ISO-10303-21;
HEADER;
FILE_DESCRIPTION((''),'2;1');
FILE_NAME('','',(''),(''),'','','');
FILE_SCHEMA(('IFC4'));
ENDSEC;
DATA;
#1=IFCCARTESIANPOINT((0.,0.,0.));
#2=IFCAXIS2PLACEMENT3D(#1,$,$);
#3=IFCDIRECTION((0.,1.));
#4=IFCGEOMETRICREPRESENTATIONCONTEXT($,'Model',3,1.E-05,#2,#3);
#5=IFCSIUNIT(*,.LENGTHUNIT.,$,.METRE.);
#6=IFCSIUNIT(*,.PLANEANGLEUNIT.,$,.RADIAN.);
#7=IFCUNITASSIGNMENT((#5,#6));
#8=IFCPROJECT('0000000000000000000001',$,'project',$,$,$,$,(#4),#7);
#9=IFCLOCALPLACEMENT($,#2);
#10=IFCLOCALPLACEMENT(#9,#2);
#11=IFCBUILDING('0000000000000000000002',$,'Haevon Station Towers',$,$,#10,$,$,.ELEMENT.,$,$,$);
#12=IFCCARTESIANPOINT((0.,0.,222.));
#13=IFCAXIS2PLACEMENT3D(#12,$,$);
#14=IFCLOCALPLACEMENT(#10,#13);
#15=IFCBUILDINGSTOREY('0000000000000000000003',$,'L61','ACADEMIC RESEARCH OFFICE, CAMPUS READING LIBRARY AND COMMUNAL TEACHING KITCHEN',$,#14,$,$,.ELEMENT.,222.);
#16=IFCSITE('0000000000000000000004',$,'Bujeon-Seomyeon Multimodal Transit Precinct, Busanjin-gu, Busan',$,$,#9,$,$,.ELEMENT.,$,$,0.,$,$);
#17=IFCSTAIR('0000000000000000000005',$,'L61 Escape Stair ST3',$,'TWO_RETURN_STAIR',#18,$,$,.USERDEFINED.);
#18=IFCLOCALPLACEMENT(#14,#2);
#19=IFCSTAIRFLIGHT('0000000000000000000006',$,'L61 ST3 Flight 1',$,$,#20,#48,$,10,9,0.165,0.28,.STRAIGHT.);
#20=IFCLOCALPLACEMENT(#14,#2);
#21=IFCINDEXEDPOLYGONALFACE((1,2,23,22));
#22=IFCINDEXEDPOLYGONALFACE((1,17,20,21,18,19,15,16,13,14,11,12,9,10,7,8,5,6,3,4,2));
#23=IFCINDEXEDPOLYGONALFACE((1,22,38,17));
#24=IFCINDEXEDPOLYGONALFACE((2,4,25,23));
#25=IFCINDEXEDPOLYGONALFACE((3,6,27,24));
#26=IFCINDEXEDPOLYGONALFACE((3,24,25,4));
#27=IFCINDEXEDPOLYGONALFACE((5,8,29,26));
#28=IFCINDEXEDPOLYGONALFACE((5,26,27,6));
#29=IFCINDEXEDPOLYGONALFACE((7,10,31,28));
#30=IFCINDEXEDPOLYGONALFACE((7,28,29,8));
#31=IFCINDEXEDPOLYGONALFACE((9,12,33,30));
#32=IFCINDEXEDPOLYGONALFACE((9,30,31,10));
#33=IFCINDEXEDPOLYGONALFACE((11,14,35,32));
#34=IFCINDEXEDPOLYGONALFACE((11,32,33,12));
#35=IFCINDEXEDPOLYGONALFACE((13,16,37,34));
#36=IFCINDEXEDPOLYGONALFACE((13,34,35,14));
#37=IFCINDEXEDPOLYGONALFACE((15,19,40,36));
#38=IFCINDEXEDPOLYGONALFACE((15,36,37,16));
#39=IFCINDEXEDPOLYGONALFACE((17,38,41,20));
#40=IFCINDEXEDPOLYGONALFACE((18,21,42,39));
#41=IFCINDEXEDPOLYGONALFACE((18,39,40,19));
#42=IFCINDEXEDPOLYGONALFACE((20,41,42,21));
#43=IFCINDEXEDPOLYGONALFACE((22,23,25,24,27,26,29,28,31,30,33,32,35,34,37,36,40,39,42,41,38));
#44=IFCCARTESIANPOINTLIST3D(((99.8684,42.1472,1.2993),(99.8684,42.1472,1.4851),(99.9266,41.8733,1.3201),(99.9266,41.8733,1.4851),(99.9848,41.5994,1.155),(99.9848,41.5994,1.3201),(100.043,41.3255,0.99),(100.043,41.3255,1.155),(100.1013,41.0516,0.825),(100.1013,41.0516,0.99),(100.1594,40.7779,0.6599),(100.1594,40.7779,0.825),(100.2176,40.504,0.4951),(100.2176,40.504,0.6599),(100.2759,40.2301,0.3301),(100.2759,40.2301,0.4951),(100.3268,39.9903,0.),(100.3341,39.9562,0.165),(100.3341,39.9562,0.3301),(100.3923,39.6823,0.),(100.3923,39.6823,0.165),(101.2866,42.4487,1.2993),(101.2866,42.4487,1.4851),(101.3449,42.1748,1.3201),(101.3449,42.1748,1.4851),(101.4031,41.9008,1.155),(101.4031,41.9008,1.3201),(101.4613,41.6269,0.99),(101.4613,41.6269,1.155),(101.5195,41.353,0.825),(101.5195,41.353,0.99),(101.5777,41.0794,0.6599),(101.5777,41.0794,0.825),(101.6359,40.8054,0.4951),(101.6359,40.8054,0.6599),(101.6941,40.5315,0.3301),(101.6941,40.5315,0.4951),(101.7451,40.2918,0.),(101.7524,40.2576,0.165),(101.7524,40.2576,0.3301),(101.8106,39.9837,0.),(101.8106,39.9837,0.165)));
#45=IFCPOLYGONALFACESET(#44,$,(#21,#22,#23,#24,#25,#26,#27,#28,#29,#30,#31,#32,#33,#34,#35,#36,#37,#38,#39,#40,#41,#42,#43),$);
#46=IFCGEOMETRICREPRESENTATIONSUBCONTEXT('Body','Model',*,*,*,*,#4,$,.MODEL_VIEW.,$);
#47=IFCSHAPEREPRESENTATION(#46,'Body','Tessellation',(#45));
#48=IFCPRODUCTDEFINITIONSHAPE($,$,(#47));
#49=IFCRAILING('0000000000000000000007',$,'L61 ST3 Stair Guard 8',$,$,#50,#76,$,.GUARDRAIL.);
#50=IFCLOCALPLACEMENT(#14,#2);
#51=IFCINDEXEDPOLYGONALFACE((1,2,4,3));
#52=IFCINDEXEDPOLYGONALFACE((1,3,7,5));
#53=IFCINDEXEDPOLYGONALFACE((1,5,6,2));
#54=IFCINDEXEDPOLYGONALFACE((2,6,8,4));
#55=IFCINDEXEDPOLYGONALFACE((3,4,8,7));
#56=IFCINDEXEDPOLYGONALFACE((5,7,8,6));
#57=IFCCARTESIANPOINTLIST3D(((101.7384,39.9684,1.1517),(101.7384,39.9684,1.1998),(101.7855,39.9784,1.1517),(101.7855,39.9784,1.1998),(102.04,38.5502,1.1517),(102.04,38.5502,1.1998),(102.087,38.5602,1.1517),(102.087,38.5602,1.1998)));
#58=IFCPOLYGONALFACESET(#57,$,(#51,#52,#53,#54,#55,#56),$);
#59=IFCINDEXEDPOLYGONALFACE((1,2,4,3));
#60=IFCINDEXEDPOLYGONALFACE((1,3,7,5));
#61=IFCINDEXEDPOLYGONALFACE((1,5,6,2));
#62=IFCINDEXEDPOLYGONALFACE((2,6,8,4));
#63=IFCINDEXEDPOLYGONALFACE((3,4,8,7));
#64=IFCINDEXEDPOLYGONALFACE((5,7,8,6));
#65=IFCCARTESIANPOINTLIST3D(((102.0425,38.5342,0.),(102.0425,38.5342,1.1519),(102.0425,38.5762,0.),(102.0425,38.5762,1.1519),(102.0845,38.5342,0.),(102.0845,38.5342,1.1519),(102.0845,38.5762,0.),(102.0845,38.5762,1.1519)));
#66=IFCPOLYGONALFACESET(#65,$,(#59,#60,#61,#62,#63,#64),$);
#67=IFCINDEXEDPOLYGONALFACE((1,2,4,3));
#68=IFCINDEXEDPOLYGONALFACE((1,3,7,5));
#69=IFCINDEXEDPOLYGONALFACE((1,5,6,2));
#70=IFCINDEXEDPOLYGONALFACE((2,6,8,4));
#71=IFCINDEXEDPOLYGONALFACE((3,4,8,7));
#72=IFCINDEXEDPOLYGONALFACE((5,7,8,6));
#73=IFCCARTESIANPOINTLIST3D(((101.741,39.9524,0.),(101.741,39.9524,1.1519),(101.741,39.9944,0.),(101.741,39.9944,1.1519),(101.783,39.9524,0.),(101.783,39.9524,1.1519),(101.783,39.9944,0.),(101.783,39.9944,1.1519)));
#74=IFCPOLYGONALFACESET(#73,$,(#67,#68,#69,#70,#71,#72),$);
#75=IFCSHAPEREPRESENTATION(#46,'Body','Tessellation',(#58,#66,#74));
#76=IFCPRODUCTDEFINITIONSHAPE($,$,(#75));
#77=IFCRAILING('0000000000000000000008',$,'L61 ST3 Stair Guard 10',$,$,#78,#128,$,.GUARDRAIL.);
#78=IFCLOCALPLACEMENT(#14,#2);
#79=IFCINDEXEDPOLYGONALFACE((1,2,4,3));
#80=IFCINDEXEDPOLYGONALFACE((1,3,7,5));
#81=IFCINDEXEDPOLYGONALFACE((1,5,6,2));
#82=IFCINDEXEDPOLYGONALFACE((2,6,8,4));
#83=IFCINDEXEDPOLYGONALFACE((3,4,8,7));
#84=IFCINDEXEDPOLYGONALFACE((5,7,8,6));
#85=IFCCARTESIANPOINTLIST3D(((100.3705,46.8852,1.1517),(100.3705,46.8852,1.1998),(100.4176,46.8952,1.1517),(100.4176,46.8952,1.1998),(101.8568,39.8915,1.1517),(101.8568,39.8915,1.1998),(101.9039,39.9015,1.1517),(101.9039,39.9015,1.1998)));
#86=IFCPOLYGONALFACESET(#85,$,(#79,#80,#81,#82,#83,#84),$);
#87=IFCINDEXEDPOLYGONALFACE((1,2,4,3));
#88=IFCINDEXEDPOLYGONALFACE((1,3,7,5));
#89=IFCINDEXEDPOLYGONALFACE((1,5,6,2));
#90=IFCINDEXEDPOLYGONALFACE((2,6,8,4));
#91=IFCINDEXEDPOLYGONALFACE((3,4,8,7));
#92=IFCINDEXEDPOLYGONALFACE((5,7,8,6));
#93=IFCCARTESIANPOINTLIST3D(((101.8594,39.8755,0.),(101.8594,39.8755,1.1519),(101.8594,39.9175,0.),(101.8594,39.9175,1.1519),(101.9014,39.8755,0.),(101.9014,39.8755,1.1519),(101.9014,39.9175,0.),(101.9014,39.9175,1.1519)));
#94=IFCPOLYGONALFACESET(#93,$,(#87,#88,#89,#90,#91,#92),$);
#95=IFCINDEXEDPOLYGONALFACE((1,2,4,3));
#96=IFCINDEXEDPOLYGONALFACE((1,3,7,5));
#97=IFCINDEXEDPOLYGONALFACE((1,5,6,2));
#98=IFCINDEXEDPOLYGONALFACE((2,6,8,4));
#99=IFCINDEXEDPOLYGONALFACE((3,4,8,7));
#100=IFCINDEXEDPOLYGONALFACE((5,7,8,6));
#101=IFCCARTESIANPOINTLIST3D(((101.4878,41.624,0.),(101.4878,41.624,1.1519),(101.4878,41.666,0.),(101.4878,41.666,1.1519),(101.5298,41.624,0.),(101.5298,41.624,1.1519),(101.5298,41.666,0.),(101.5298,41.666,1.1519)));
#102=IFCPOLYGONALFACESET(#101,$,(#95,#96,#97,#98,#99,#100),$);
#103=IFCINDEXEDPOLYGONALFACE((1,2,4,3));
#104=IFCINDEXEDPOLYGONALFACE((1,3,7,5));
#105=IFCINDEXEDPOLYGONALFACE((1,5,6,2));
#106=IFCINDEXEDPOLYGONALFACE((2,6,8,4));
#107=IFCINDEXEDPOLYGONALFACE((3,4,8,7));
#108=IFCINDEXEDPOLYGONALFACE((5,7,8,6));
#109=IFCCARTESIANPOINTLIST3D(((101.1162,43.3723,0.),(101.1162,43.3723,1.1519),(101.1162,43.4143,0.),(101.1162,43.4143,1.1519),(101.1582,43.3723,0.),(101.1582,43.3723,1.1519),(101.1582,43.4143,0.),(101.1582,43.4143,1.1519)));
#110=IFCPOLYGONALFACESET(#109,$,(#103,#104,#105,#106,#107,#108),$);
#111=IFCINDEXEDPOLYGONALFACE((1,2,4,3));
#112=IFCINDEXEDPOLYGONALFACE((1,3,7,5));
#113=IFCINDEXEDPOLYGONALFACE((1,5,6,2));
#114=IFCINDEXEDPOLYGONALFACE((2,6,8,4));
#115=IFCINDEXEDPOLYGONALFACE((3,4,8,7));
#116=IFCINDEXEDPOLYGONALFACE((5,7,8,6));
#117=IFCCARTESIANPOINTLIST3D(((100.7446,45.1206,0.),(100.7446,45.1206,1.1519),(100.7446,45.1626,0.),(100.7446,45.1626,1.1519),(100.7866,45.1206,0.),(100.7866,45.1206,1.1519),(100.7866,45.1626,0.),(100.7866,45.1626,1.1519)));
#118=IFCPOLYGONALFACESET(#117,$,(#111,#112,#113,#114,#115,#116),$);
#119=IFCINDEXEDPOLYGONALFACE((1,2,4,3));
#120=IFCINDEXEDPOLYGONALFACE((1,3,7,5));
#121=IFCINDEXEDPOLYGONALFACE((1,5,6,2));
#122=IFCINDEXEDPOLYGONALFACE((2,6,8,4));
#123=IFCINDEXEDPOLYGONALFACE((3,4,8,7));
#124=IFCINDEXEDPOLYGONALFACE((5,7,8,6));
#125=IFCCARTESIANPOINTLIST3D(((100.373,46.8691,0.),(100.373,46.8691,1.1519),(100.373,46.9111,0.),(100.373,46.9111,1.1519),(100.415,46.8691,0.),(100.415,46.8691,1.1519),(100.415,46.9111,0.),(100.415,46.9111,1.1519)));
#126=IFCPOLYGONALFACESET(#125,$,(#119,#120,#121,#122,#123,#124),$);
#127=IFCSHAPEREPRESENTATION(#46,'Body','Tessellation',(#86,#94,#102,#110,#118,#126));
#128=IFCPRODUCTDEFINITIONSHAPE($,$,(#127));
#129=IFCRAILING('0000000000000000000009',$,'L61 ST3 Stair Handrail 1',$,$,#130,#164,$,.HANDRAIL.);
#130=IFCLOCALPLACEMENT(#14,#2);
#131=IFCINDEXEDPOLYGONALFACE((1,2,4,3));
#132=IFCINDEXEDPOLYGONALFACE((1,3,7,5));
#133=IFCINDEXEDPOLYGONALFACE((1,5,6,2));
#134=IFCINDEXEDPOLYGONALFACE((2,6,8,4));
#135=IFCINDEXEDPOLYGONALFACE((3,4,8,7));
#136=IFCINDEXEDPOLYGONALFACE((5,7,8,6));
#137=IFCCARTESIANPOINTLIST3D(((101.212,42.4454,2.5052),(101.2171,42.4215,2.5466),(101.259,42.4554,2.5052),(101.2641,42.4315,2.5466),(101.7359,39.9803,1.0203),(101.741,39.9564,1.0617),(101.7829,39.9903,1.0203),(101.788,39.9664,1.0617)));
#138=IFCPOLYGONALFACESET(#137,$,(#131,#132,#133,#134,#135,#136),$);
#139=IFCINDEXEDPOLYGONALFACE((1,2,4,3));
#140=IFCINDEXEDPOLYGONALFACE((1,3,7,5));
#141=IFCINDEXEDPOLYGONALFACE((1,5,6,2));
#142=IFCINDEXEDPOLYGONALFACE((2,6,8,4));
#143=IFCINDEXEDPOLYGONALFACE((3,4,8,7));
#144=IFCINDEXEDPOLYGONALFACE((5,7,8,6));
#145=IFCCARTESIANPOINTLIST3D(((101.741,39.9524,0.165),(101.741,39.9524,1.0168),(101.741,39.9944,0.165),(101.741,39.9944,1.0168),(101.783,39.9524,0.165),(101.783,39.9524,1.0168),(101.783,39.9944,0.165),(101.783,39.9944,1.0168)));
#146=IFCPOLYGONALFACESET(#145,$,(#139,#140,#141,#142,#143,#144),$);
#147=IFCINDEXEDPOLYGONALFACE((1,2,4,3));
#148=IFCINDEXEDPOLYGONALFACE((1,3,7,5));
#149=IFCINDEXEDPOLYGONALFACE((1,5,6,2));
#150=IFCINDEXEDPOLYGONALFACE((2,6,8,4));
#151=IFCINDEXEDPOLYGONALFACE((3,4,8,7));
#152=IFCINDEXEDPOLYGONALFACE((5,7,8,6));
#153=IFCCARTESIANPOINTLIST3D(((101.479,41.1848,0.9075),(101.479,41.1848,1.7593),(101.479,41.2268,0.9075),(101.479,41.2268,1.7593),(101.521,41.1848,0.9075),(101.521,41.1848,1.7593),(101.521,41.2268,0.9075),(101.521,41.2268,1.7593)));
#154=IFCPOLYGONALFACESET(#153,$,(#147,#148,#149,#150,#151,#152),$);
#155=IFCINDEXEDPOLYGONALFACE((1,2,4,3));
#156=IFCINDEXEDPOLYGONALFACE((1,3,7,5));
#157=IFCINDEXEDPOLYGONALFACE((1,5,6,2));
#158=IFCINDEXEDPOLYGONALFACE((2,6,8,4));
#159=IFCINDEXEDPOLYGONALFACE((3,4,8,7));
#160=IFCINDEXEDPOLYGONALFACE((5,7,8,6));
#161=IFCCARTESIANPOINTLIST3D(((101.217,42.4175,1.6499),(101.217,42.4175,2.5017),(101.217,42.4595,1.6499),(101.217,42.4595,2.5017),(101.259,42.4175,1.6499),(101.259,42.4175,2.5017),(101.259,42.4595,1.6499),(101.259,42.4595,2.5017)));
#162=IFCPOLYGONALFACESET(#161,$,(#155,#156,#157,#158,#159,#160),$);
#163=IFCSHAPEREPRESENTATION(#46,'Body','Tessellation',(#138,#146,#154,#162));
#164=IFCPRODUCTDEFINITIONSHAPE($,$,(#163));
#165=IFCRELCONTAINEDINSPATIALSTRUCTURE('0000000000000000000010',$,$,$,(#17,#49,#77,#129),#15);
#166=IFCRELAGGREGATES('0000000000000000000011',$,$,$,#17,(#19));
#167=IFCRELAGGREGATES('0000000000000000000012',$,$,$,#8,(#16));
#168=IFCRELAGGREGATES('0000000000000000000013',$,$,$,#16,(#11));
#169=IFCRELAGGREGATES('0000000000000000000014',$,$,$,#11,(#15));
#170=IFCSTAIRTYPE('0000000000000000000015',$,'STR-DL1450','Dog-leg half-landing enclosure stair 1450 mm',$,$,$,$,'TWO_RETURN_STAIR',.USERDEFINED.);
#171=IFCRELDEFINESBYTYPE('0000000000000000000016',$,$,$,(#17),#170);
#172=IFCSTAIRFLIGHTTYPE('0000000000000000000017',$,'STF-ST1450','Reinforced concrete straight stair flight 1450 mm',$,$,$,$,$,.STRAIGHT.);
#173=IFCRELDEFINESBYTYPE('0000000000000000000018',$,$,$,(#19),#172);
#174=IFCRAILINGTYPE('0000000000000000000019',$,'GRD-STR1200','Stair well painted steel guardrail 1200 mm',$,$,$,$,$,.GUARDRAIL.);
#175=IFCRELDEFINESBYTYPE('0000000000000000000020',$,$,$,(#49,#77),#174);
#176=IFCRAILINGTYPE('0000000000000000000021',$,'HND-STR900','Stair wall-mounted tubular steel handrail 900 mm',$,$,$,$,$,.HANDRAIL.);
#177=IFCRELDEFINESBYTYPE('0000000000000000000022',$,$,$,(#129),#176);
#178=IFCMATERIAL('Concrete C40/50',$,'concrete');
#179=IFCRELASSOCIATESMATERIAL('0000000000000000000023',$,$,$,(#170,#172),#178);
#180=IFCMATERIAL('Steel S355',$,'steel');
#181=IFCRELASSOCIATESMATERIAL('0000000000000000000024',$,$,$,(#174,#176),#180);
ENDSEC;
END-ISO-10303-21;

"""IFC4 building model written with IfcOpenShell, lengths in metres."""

from ifc_helpers import new_model, si_unit, direction, frame, origin, origin_2d, place, context, subcontext, project, spatial, polyline, rectangle, outline, extrude, material, type_object, element, aggregate, save


model = new_model("IFC4")

# Units and contexts
model_context = context("Model", 3, precision=1e-05, world=origin(), true_north=direction((0.0, 1.0)))
body_context = subcontext(model_context, "Body", "Model", "MODEL_VIEW")
ifc_project = project(units=[si_unit("LENGTHUNIT", "METRE"), si_unit("PLANEANGLEUNIT", "RADIAN")], contexts=[model_context])

# Site, building, storey
site_placement = place(None, origin())
site = spatial("IfcSite", under=ifc_project, at=site_placement, Name="Bujeon-Seomyeon Multimodal Transit Precinct, Busanjin-gu, Busan", CompositionType="ELEMENT", RefElevation=0.0)
building_placement = place(site_placement, origin())
building = spatial("IfcBuilding", under=site, at=building_placement, Name="Haevon Station Towers", CompositionType="ELEMENT")
storey_placement = place(building_placement, frame((0.0, 0.0, 222.0)))
storey = spatial("IfcBuildingStorey", under=building, at=storey_placement, Name="L61", Description="ACADEMIC RESEARCH OFFICE, CAMPUS READING LIBRARY AND COMMUNAL TEACHING KITCHEN", CompositionType="ELEMENT", Elevation=222.0)

# Shared definitions
ifc_material_1 = material(Name="Steel S355", Category="steel")

# Stair, stair flight
ifc_material_2 = material(Name="Concrete C40/50", Category="concrete")
stair_type = type_object("IfcStairType", Name="STR-DL1450", Description="Dog-leg half-landing enclosure stair 1450 mm", ElementType="TWO_RETURN_STAIR", PredefinedType="USERDEFINED", material=ifc_material_2)
stair_placement = place(storey_placement, origin())
stair = element("IfcStair", 1, at=stair_placement, inside=storey, type_object=stair_type, Name="L61 Escape Stair ST3", ObjectType="TWO_RETURN_STAIR", PredefinedType="USERDEFINED")
stair_flight_type = type_object("IfcStairFlightType", Name="STF-ST1450", Description="Reinforced concrete straight stair flight 1450 mm", PredefinedType="STRAIGHT", material=ifc_material_2)
stair_flight_placement = place(storey_placement, frame((101.1016, 39.833, 0.0), z_axis=(0.0, 0.0, 1.0), x_axis=(-0.207912, 0.978148, 0.0)))
stair_flight = element("IfcStairFlight", 2, at=stair_flight_placement, type_object=stair_flight_type, Name="L61 ST3 Flight 1", NumberOfRisers=10, NumberOfTreads=9, PredefinedType="STRAIGHT", RiserHeight=0.165, TreadLength=0.28, context=body_context, shape_type="SweptSolid", body=[
    extrude(outline(polyline([(0.0, 0.0), (0.0, 0.165), (0.28, 0.165), (0.28, 0.3301), (0.5601, 0.3301), (0.5601, 0.4951), (0.8401, 0.4951), (0.8401, 0.6599), (1.1201, 0.6599), (1.1201, 0.825), (1.3999, 0.825), (1.3999, 0.99), (1.6799, 0.99), (1.6799, 1.155), (1.96, 1.155), (1.96, 1.3201), (2.24, 1.3201), (2.24, 1.4851), (2.52, 1.4851), (2.52, 1.6499), (2.52, 1.2993), (0.3149, 0.0), (0.0, 0.0)])), frame((0.0, 0.7251, 0.0), z_axis=(0.0, -1.0, 0.0), x_axis=(1.0, 0.0, 0.0)), (0.0, 0.0, 1.0), 1.45),
])
aggregate(stair, [stair_flight])

# Railings
railing_type_1 = type_object("IfcRailingType", Name="GRD-STR1200", Description="Stair well painted steel guardrail 1200 mm", PredefinedType="GUARDRAIL", material=ifc_material_1)
railing_1_placement = place(storey_placement, frame((102.0635, 38.5552, 0.0)))
element("IfcRailing", 3, at=railing_1_placement, inside=storey, type_object=railing_type_1, Name="L61 ST3 Stair Guard 8", PredefinedType="GUARDRAIL", context=body_context, shape_type="SweptSolid", body=[
    extrude(rectangle(XDim=0.0481, YDim=0.0481, at=origin_2d()), frame((0.0, 0.0, 1.1758), z_axis=(-0.207953, 0.978139, 0.0), x_axis=(-0.978139, -0.207953, 0.0)), (0.0, 0.0, 1.0), 1.45),
    extrude(rectangle(XDim=0.042, YDim=0.042, at=origin_2d()), origin(), (0.0, 0.0, 1.0), 1.1519),
    extrude(rectangle(XDim=0.042, YDim=0.042, at=origin_2d()), frame((-0.3015, 1.4182, 0.0)), (0.0, 0.0, 1.0), 1.1519),
])
railing_2_placement = place(storey_placement, frame((101.8804, 39.8965, 0.0)))
element("IfcRailing", 4, at=railing_2_placement, inside=storey, type_object=railing_type_1, Name="L61 ST3 Stair Guard 10", PredefinedType="GUARDRAIL", context=body_context, shape_type="SweptSolid", body=[
    extrude(rectangle(XDim=0.0481, YDim=0.0481, at=origin_2d()), frame((0.0, 0.0, 1.1758), z_axis=(-0.207882, 0.978154, 0.0), x_axis=(-0.978154, -0.207882, 0.0)), (0.0, 0.0, 1.0), 7.1499),
    extrude(rectangle(XDim=0.042, YDim=0.042, at=origin_2d()), origin(), (0.0, 0.0, 1.0), 1.1519),
    extrude(rectangle(XDim=0.042, YDim=0.042, at=origin_2d()), frame((-0.3716, 1.7485, 0.0)), (0.0, 0.0, 1.0), 1.1519),
    extrude(rectangle(XDim=0.042, YDim=0.042, at=origin_2d()), frame((-0.7432, 3.4968, 0.0)), (0.0, 0.0, 1.0), 1.1519),
    extrude(rectangle(XDim=0.042, YDim=0.042, at=origin_2d()), frame((-1.1147, 5.2451, 0.0)), (0.0, 0.0, 1.0), 1.1519),
    extrude(rectangle(XDim=0.042, YDim=0.042, at=origin_2d()), frame((-1.4863, 6.9937, 0.0)), (0.0, 0.0, 1.0), 1.1519),
])
railing_type_2 = type_object("IfcRailingType", Name="HND-STR900", Description="Stair wall-mounted tubular steel handrail 900 mm", PredefinedType="HANDRAIL", material=ifc_material_1)
railing_3_placement = place(storey_placement, frame((101.762, 39.9734, 0.165)))
element("IfcRailing", 5, at=railing_3_placement, inside=storey, type_object=railing_type_2, Name="L61 ST3 Stair Handrail 1", PredefinedType="HANDRAIL", context=body_context, shape_type="SweptSolid", body=[
    extrude(rectangle(XDim=0.0481, YDim=0.0481, at=origin_2d()), frame((0.0, 0.0, 0.876), z_axis=(-0.179116, 0.842748, 0.507635), x_axis=(-0.978151, -0.207895, 0.0)), (0.0, 0.0, 1.0), 2.925),
    extrude(rectangle(XDim=0.042, YDim=0.042, at=origin_2d()), origin(), (0.0, 0.0, 1.0), 0.8518),
    extrude(rectangle(XDim=0.042, YDim=0.042, at=origin_2d()), frame((-0.262, 1.2324, 0.7424)), (0.0, 0.0, 1.0), 0.8518),
    extrude(rectangle(XDim=0.042, YDim=0.042, at=origin_2d()), frame((-0.5239, 2.4651, 1.4849)), (0.0, 0.0, 1.0), 0.8518),
])

save(model, "model.ifc")
